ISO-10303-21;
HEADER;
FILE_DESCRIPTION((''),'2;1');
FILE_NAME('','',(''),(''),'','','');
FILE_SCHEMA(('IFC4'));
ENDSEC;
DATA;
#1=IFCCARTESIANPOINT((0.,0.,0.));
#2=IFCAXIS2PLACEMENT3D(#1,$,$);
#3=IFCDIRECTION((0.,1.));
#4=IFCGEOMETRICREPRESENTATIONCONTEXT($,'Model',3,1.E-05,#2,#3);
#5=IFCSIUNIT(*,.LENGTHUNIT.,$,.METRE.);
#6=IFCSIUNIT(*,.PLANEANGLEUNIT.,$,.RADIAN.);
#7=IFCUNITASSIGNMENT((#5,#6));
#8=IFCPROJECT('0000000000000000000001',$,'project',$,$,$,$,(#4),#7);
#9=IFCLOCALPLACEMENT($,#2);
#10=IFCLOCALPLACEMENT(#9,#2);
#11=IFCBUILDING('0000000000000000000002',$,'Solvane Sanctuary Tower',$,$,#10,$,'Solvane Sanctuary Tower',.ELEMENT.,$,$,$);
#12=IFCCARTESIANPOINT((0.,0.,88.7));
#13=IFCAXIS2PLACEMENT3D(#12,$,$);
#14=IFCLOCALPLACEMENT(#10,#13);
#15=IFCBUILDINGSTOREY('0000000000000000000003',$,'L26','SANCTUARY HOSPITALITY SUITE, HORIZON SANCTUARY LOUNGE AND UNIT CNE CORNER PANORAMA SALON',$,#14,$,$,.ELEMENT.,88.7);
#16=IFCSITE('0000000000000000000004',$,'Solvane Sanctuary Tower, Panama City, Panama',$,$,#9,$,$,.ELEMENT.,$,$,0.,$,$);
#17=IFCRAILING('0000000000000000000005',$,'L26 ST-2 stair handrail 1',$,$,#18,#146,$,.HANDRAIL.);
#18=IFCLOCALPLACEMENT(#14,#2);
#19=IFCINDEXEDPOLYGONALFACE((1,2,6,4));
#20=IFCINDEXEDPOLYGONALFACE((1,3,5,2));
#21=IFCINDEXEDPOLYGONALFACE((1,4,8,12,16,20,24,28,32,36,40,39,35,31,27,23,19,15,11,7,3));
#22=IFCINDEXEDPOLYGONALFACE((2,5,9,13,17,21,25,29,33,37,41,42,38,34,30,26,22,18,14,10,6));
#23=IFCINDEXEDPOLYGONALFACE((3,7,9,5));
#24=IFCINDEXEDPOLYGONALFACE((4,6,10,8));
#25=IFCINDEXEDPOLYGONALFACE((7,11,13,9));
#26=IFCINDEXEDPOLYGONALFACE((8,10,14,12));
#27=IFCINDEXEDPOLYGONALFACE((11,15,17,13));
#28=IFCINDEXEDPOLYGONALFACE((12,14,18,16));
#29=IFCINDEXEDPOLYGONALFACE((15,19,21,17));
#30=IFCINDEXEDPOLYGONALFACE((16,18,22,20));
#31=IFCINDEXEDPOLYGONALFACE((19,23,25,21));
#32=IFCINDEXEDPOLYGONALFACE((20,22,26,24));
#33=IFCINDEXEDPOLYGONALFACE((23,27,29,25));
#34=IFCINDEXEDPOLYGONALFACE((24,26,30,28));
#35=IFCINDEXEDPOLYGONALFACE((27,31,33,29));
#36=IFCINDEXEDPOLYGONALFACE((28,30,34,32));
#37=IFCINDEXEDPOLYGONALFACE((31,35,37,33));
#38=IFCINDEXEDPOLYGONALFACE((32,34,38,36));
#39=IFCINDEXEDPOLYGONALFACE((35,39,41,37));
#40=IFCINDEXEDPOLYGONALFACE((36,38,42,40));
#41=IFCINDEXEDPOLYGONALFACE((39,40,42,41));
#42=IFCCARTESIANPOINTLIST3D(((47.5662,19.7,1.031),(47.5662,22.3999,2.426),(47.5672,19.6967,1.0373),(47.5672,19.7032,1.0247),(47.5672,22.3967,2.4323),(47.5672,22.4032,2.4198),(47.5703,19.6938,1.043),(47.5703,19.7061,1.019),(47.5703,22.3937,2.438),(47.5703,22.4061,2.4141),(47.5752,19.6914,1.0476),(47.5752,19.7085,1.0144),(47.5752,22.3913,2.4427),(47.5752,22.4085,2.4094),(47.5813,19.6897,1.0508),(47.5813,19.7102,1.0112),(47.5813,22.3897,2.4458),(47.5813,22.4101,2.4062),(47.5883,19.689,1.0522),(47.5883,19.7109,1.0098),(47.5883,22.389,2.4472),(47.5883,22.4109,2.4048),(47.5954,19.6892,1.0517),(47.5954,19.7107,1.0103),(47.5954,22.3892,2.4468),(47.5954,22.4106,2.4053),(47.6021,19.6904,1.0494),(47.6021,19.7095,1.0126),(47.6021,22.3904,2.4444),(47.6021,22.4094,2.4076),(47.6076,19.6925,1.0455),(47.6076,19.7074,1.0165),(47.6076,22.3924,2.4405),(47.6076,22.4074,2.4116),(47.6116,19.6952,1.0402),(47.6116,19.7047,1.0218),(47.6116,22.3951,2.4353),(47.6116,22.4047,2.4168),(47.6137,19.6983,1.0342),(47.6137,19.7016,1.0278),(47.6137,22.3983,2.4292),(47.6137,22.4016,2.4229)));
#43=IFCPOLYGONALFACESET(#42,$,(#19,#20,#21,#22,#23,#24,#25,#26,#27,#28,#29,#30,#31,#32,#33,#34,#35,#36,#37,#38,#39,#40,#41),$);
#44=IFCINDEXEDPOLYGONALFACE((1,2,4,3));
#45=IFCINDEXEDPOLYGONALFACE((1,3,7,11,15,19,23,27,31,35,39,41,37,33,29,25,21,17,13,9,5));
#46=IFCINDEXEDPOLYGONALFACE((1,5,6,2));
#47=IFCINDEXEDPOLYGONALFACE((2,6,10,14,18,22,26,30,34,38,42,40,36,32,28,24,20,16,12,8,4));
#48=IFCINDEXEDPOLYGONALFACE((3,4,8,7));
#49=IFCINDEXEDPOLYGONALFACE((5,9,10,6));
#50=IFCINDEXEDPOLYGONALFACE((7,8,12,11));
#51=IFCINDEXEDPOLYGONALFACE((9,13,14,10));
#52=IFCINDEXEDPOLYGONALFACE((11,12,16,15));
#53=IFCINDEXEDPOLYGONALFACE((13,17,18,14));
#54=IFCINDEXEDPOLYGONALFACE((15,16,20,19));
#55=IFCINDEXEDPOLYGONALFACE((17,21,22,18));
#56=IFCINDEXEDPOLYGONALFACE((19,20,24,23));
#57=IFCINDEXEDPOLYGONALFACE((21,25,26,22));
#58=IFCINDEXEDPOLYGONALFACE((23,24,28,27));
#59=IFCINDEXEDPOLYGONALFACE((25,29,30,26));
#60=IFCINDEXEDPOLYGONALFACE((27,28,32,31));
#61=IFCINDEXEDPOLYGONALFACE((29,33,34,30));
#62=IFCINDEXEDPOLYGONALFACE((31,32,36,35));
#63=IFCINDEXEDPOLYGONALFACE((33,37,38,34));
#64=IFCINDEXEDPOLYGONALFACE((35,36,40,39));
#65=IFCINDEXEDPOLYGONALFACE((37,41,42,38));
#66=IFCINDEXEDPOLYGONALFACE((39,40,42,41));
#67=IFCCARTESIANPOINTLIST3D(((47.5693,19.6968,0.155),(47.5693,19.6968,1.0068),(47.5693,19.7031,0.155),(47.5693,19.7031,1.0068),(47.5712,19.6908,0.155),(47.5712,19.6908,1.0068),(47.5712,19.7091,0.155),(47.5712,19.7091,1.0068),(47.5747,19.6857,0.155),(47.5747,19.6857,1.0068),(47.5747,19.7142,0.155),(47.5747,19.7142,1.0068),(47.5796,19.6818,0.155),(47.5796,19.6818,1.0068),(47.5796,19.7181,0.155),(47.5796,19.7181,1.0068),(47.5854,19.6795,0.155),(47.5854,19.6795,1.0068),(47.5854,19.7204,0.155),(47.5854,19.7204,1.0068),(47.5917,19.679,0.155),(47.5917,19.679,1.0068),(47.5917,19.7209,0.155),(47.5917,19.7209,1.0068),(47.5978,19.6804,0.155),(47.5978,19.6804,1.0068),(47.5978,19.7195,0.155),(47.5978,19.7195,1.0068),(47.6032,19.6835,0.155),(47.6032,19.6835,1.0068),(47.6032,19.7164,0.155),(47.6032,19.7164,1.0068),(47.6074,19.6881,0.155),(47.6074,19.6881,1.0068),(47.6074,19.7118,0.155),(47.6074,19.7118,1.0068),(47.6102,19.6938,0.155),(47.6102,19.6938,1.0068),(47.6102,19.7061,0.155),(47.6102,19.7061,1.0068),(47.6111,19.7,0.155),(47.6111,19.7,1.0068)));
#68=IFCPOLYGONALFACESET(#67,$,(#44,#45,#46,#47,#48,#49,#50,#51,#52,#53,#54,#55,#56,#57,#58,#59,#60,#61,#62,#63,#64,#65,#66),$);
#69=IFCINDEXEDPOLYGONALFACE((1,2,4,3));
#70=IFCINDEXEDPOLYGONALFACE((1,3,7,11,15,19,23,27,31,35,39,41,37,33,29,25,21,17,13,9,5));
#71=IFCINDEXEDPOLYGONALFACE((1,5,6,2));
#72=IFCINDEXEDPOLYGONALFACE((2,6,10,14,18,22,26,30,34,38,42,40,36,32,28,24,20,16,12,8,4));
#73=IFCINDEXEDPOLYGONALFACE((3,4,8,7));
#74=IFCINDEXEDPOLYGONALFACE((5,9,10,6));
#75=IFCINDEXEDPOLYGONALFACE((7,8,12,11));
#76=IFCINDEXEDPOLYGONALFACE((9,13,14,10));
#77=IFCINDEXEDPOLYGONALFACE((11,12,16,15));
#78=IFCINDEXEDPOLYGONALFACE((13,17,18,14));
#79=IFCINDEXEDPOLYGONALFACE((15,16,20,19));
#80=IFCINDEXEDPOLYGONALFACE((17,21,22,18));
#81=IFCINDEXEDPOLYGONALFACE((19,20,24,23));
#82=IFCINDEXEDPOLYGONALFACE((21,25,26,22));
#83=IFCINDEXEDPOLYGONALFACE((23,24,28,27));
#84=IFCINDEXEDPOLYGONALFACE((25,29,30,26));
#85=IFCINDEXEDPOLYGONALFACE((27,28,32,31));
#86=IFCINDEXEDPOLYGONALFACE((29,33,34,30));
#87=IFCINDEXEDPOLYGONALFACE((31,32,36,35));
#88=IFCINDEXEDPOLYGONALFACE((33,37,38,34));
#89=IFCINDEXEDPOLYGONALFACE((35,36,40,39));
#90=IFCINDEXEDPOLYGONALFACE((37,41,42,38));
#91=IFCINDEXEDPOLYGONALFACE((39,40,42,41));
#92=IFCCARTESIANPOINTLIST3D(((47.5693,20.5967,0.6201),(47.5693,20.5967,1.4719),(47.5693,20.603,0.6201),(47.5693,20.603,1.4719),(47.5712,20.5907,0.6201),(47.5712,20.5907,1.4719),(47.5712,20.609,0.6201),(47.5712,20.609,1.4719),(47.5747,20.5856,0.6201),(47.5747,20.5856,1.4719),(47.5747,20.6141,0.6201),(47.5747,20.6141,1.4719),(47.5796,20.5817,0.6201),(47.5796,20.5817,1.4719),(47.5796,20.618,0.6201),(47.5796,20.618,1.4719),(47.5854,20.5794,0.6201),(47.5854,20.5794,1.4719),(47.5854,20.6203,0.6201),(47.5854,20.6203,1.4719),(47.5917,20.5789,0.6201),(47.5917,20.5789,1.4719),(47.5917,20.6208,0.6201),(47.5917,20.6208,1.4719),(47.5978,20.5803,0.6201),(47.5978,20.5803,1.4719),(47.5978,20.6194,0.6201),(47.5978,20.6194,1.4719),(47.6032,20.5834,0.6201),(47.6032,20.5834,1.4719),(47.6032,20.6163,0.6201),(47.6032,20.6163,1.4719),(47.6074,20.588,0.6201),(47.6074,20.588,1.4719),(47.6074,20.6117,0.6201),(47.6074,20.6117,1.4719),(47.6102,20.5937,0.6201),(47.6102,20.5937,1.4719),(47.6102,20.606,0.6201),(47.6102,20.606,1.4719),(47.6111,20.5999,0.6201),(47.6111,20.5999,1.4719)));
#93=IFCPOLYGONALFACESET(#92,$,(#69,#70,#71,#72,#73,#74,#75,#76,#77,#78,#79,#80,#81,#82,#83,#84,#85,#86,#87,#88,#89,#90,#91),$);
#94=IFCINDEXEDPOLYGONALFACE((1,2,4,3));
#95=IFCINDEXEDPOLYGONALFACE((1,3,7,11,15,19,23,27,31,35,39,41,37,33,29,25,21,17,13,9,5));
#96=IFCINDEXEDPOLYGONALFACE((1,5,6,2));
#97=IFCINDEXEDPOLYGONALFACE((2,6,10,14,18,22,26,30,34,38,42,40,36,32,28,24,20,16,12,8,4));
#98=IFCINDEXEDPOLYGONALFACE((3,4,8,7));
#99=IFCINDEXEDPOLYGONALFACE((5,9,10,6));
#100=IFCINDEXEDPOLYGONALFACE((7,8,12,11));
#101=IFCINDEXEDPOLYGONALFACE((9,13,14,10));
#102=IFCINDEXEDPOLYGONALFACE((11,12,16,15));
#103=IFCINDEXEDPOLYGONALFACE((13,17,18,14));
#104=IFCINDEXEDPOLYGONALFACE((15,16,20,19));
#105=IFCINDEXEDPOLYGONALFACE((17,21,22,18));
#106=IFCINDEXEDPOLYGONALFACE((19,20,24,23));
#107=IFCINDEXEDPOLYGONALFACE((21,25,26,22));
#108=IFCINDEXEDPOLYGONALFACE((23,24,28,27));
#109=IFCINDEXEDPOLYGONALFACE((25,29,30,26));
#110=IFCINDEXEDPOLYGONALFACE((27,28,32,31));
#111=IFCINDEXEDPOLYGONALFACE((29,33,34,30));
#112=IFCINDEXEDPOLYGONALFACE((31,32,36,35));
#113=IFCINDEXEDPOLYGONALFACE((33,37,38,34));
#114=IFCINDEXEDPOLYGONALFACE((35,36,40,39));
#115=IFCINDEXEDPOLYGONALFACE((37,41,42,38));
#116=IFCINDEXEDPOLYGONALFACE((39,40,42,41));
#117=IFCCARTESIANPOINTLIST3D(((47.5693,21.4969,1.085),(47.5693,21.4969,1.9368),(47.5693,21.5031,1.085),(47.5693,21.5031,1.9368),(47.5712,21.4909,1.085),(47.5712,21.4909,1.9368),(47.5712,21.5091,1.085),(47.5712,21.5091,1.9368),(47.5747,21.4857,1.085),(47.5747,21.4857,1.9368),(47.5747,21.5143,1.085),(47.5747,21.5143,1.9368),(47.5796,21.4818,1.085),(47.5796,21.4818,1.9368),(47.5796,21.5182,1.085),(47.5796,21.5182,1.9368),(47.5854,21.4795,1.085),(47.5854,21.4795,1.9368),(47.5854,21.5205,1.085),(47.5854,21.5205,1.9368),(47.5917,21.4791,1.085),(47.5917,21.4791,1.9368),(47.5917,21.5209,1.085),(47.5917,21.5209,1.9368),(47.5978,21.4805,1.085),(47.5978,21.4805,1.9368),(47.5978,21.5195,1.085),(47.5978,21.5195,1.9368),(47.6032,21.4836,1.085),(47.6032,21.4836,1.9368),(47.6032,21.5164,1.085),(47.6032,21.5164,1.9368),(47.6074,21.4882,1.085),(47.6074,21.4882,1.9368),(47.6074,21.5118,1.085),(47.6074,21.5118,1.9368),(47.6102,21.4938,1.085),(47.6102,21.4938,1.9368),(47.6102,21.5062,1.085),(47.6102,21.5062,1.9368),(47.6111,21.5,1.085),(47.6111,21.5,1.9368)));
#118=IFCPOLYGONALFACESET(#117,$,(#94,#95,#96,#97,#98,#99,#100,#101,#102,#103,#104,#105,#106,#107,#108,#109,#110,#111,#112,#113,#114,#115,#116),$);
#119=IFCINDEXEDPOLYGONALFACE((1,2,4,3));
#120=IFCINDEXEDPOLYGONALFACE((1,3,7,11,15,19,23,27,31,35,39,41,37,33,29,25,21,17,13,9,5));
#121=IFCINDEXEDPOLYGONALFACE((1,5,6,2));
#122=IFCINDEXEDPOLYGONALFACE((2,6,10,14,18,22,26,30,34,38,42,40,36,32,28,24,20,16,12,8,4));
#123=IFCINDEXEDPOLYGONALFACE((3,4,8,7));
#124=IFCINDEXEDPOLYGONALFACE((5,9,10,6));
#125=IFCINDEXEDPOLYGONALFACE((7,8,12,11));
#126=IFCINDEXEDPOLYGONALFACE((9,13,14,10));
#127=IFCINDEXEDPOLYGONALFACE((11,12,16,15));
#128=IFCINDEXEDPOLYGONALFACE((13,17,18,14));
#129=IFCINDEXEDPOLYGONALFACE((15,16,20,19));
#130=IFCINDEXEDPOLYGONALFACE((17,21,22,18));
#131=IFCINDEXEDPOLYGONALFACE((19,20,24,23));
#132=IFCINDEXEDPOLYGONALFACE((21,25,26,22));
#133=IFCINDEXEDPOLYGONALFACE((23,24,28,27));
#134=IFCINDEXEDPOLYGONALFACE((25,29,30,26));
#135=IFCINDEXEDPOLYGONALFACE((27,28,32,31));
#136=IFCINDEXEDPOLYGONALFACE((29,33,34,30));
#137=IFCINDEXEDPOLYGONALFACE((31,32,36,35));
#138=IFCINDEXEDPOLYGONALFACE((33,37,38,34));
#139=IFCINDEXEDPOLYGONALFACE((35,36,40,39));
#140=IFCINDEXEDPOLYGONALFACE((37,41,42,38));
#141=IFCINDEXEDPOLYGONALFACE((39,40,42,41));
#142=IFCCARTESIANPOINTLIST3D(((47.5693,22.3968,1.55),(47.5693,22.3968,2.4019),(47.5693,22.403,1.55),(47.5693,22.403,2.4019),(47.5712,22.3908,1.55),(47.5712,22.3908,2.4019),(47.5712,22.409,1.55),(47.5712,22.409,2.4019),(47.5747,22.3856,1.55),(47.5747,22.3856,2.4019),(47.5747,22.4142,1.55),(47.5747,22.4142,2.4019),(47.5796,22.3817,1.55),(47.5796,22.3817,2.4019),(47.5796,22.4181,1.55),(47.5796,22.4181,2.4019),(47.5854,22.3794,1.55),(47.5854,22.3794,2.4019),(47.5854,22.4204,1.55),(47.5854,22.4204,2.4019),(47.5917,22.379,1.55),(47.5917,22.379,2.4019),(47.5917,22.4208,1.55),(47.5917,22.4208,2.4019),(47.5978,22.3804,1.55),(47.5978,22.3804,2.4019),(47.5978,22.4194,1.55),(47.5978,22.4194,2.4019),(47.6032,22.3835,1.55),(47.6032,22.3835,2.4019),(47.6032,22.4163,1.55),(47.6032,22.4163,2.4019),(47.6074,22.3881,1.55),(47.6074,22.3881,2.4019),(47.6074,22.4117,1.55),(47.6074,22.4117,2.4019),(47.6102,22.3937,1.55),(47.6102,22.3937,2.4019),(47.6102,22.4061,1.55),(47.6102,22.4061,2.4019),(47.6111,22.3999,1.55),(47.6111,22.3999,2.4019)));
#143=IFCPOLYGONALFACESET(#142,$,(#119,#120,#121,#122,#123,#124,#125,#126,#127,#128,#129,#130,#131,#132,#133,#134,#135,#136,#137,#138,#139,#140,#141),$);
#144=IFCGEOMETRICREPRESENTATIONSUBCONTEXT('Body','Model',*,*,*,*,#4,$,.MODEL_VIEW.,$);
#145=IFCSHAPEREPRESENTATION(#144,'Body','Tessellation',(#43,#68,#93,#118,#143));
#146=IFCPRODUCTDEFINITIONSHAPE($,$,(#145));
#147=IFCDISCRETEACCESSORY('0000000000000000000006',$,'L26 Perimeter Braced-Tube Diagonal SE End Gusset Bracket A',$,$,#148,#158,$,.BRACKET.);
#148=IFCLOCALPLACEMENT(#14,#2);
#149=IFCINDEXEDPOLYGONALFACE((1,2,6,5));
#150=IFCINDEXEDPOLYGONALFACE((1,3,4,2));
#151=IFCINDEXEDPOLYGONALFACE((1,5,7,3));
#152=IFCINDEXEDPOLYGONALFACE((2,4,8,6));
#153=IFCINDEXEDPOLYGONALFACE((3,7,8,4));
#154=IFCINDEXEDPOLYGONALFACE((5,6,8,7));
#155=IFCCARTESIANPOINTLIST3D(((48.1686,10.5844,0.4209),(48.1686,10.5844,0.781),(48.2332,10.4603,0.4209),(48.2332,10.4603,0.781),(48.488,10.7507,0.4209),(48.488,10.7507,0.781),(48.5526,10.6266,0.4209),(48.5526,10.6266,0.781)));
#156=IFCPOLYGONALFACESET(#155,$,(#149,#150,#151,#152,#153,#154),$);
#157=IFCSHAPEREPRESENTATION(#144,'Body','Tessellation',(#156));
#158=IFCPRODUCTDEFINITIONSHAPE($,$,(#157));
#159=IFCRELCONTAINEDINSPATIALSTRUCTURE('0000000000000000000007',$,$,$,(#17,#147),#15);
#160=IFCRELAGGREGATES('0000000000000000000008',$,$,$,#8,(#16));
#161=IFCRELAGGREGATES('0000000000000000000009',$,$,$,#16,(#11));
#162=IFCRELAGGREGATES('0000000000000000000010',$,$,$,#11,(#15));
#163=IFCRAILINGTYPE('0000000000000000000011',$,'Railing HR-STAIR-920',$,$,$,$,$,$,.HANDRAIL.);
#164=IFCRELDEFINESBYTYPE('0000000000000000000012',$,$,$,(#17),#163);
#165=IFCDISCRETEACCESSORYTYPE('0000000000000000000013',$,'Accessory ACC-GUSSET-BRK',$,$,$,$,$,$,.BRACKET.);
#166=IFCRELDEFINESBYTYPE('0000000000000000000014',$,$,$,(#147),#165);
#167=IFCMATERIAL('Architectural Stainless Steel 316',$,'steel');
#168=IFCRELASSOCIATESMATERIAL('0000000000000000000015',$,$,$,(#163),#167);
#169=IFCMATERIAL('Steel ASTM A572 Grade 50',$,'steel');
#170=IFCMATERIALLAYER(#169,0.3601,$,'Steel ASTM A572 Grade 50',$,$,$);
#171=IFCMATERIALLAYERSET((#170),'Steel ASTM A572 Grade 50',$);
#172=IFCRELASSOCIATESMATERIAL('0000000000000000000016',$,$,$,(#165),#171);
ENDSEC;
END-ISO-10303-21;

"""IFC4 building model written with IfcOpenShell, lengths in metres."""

from ifc_helpers import new_model, si_unit, direction, frame, origin, origin_2d, place, context, subcontext, project, spatial, rectangle, circle, extrude, material, layer, layer_set, type_object, element, save


model = new_model("IFC4")

# Units and contexts
model_context = context("Model", 3, precision=1e-05, world=origin(), true_north=direction((0.0, 1.0)))
body_context = subcontext(model_context, "Body", "Model", "MODEL_VIEW")
ifc_project = project(units=[si_unit("LENGTHUNIT", "METRE"), si_unit("PLANEANGLEUNIT", "RADIAN")], contexts=[model_context])

# Site, building, storey
site_placement = place(None, origin())
site = spatial("IfcSite", under=ifc_project, at=site_placement, Name="Solvane Sanctuary Tower, Panama City, Panama", CompositionType="ELEMENT", RefElevation=0.0)
building_placement = place(site_placement, origin())
building = spatial("IfcBuilding", under=site, at=building_placement, Name="Solvane Sanctuary Tower", LongName="Solvane Sanctuary Tower", CompositionType="ELEMENT")
storey_placement = place(building_placement, frame((0.0, 0.0, 88.7)))
storey = spatial("IfcBuildingStorey", under=building, at=storey_placement, Name="L26", Description="SANCTUARY HOSPITALITY SUITE, HORIZON SANCTUARY LOUNGE AND UNIT CNE CORNER PANORAMA SALON", CompositionType="ELEMENT", Elevation=88.7)

# Railing
ifc_material_1 = material(Name="Architectural Stainless Steel 316", Category="steel")
railing_type_1 = type_object("IfcRailingType", Name="Railing HR-STAIR-920", PredefinedType="HANDRAIL", material=ifc_material_1)
railing_1_placement = place(storey_placement, frame((47.5901, 19.7, 0.155)))
element("IfcRailing", 1, at=railing_1_placement, inside=storey, type_object=railing_type_1, Name="L26 ST-2 stair handrail 1", PredefinedType="HANDRAIL", context=body_context, shape_type="SweptSolid", body=[
    extrude(circle(Radius=0.0239, at=origin_2d()), frame((0.0, 0.0, 0.876), z_axis=(0.0, 0.88842, 0.459032), x_axis=(-1.0, 0.0, 0.0)), (0.0, 0.0, 1.0), 3.0391),
    extrude(circle(Radius=0.021, at=origin_2d()), origin(), (0.0, 0.0, 1.0), 0.8518),
    extrude(circle(Radius=0.021, at=origin_2d()), frame((0.0, 0.8999, 0.4651)), (0.0, 0.0, 1.0), 0.8518),
    extrude(circle(Radius=0.021, at=origin_2d()), frame((0.0, 1.8, 0.9299)), (0.0, 0.0, 1.0), 0.8518),
    extrude(circle(Radius=0.021, at=origin_2d()), frame((0.0, 2.7, 1.395)), (0.0, 0.0, 1.0), 0.8518),
])

# Discrete accessory
ifc_material_2 = material(Name="Steel ASTM A572 Grade 50", Category="steel")
ifc_layer_1 = layer(ifc_material_2, 0.3601, Name="Steel ASTM A572 Grade 50")
ifc_layer_set_1 = layer_set([ifc_layer_1], Name="Steel ASTM A572 Grade 50")
discrete_accessory_type = type_object("IfcDiscreteAccessoryType", Name="Accessory ACC-GUSSET-BRK", PredefinedType="BRACKET", material=ifc_layer_set_1)
discrete_accessory_placement = place(storey_placement, frame((48.3606, 10.6055, 0.4209), z_axis=(0.0, 0.0, 1.0), x_axis=(-0.887011, -0.461749, 0.0)))
element("IfcDiscreteAccessory", 2, at=discrete_accessory_placement, inside=storey, type_object=discrete_accessory_type, Name="L26 Perimeter Braced-Tube Diagonal SE End Gusset Bracket A", PredefinedType="BRACKET", context=body_context, shape_type="SweptSolid", body=[
    extrude(rectangle(XDim=0.3601, YDim=0.1399, at=origin_2d()), origin(), (0.0, 0.0, 1.0), 0.3601),
])

save(model, "model.ifc")
